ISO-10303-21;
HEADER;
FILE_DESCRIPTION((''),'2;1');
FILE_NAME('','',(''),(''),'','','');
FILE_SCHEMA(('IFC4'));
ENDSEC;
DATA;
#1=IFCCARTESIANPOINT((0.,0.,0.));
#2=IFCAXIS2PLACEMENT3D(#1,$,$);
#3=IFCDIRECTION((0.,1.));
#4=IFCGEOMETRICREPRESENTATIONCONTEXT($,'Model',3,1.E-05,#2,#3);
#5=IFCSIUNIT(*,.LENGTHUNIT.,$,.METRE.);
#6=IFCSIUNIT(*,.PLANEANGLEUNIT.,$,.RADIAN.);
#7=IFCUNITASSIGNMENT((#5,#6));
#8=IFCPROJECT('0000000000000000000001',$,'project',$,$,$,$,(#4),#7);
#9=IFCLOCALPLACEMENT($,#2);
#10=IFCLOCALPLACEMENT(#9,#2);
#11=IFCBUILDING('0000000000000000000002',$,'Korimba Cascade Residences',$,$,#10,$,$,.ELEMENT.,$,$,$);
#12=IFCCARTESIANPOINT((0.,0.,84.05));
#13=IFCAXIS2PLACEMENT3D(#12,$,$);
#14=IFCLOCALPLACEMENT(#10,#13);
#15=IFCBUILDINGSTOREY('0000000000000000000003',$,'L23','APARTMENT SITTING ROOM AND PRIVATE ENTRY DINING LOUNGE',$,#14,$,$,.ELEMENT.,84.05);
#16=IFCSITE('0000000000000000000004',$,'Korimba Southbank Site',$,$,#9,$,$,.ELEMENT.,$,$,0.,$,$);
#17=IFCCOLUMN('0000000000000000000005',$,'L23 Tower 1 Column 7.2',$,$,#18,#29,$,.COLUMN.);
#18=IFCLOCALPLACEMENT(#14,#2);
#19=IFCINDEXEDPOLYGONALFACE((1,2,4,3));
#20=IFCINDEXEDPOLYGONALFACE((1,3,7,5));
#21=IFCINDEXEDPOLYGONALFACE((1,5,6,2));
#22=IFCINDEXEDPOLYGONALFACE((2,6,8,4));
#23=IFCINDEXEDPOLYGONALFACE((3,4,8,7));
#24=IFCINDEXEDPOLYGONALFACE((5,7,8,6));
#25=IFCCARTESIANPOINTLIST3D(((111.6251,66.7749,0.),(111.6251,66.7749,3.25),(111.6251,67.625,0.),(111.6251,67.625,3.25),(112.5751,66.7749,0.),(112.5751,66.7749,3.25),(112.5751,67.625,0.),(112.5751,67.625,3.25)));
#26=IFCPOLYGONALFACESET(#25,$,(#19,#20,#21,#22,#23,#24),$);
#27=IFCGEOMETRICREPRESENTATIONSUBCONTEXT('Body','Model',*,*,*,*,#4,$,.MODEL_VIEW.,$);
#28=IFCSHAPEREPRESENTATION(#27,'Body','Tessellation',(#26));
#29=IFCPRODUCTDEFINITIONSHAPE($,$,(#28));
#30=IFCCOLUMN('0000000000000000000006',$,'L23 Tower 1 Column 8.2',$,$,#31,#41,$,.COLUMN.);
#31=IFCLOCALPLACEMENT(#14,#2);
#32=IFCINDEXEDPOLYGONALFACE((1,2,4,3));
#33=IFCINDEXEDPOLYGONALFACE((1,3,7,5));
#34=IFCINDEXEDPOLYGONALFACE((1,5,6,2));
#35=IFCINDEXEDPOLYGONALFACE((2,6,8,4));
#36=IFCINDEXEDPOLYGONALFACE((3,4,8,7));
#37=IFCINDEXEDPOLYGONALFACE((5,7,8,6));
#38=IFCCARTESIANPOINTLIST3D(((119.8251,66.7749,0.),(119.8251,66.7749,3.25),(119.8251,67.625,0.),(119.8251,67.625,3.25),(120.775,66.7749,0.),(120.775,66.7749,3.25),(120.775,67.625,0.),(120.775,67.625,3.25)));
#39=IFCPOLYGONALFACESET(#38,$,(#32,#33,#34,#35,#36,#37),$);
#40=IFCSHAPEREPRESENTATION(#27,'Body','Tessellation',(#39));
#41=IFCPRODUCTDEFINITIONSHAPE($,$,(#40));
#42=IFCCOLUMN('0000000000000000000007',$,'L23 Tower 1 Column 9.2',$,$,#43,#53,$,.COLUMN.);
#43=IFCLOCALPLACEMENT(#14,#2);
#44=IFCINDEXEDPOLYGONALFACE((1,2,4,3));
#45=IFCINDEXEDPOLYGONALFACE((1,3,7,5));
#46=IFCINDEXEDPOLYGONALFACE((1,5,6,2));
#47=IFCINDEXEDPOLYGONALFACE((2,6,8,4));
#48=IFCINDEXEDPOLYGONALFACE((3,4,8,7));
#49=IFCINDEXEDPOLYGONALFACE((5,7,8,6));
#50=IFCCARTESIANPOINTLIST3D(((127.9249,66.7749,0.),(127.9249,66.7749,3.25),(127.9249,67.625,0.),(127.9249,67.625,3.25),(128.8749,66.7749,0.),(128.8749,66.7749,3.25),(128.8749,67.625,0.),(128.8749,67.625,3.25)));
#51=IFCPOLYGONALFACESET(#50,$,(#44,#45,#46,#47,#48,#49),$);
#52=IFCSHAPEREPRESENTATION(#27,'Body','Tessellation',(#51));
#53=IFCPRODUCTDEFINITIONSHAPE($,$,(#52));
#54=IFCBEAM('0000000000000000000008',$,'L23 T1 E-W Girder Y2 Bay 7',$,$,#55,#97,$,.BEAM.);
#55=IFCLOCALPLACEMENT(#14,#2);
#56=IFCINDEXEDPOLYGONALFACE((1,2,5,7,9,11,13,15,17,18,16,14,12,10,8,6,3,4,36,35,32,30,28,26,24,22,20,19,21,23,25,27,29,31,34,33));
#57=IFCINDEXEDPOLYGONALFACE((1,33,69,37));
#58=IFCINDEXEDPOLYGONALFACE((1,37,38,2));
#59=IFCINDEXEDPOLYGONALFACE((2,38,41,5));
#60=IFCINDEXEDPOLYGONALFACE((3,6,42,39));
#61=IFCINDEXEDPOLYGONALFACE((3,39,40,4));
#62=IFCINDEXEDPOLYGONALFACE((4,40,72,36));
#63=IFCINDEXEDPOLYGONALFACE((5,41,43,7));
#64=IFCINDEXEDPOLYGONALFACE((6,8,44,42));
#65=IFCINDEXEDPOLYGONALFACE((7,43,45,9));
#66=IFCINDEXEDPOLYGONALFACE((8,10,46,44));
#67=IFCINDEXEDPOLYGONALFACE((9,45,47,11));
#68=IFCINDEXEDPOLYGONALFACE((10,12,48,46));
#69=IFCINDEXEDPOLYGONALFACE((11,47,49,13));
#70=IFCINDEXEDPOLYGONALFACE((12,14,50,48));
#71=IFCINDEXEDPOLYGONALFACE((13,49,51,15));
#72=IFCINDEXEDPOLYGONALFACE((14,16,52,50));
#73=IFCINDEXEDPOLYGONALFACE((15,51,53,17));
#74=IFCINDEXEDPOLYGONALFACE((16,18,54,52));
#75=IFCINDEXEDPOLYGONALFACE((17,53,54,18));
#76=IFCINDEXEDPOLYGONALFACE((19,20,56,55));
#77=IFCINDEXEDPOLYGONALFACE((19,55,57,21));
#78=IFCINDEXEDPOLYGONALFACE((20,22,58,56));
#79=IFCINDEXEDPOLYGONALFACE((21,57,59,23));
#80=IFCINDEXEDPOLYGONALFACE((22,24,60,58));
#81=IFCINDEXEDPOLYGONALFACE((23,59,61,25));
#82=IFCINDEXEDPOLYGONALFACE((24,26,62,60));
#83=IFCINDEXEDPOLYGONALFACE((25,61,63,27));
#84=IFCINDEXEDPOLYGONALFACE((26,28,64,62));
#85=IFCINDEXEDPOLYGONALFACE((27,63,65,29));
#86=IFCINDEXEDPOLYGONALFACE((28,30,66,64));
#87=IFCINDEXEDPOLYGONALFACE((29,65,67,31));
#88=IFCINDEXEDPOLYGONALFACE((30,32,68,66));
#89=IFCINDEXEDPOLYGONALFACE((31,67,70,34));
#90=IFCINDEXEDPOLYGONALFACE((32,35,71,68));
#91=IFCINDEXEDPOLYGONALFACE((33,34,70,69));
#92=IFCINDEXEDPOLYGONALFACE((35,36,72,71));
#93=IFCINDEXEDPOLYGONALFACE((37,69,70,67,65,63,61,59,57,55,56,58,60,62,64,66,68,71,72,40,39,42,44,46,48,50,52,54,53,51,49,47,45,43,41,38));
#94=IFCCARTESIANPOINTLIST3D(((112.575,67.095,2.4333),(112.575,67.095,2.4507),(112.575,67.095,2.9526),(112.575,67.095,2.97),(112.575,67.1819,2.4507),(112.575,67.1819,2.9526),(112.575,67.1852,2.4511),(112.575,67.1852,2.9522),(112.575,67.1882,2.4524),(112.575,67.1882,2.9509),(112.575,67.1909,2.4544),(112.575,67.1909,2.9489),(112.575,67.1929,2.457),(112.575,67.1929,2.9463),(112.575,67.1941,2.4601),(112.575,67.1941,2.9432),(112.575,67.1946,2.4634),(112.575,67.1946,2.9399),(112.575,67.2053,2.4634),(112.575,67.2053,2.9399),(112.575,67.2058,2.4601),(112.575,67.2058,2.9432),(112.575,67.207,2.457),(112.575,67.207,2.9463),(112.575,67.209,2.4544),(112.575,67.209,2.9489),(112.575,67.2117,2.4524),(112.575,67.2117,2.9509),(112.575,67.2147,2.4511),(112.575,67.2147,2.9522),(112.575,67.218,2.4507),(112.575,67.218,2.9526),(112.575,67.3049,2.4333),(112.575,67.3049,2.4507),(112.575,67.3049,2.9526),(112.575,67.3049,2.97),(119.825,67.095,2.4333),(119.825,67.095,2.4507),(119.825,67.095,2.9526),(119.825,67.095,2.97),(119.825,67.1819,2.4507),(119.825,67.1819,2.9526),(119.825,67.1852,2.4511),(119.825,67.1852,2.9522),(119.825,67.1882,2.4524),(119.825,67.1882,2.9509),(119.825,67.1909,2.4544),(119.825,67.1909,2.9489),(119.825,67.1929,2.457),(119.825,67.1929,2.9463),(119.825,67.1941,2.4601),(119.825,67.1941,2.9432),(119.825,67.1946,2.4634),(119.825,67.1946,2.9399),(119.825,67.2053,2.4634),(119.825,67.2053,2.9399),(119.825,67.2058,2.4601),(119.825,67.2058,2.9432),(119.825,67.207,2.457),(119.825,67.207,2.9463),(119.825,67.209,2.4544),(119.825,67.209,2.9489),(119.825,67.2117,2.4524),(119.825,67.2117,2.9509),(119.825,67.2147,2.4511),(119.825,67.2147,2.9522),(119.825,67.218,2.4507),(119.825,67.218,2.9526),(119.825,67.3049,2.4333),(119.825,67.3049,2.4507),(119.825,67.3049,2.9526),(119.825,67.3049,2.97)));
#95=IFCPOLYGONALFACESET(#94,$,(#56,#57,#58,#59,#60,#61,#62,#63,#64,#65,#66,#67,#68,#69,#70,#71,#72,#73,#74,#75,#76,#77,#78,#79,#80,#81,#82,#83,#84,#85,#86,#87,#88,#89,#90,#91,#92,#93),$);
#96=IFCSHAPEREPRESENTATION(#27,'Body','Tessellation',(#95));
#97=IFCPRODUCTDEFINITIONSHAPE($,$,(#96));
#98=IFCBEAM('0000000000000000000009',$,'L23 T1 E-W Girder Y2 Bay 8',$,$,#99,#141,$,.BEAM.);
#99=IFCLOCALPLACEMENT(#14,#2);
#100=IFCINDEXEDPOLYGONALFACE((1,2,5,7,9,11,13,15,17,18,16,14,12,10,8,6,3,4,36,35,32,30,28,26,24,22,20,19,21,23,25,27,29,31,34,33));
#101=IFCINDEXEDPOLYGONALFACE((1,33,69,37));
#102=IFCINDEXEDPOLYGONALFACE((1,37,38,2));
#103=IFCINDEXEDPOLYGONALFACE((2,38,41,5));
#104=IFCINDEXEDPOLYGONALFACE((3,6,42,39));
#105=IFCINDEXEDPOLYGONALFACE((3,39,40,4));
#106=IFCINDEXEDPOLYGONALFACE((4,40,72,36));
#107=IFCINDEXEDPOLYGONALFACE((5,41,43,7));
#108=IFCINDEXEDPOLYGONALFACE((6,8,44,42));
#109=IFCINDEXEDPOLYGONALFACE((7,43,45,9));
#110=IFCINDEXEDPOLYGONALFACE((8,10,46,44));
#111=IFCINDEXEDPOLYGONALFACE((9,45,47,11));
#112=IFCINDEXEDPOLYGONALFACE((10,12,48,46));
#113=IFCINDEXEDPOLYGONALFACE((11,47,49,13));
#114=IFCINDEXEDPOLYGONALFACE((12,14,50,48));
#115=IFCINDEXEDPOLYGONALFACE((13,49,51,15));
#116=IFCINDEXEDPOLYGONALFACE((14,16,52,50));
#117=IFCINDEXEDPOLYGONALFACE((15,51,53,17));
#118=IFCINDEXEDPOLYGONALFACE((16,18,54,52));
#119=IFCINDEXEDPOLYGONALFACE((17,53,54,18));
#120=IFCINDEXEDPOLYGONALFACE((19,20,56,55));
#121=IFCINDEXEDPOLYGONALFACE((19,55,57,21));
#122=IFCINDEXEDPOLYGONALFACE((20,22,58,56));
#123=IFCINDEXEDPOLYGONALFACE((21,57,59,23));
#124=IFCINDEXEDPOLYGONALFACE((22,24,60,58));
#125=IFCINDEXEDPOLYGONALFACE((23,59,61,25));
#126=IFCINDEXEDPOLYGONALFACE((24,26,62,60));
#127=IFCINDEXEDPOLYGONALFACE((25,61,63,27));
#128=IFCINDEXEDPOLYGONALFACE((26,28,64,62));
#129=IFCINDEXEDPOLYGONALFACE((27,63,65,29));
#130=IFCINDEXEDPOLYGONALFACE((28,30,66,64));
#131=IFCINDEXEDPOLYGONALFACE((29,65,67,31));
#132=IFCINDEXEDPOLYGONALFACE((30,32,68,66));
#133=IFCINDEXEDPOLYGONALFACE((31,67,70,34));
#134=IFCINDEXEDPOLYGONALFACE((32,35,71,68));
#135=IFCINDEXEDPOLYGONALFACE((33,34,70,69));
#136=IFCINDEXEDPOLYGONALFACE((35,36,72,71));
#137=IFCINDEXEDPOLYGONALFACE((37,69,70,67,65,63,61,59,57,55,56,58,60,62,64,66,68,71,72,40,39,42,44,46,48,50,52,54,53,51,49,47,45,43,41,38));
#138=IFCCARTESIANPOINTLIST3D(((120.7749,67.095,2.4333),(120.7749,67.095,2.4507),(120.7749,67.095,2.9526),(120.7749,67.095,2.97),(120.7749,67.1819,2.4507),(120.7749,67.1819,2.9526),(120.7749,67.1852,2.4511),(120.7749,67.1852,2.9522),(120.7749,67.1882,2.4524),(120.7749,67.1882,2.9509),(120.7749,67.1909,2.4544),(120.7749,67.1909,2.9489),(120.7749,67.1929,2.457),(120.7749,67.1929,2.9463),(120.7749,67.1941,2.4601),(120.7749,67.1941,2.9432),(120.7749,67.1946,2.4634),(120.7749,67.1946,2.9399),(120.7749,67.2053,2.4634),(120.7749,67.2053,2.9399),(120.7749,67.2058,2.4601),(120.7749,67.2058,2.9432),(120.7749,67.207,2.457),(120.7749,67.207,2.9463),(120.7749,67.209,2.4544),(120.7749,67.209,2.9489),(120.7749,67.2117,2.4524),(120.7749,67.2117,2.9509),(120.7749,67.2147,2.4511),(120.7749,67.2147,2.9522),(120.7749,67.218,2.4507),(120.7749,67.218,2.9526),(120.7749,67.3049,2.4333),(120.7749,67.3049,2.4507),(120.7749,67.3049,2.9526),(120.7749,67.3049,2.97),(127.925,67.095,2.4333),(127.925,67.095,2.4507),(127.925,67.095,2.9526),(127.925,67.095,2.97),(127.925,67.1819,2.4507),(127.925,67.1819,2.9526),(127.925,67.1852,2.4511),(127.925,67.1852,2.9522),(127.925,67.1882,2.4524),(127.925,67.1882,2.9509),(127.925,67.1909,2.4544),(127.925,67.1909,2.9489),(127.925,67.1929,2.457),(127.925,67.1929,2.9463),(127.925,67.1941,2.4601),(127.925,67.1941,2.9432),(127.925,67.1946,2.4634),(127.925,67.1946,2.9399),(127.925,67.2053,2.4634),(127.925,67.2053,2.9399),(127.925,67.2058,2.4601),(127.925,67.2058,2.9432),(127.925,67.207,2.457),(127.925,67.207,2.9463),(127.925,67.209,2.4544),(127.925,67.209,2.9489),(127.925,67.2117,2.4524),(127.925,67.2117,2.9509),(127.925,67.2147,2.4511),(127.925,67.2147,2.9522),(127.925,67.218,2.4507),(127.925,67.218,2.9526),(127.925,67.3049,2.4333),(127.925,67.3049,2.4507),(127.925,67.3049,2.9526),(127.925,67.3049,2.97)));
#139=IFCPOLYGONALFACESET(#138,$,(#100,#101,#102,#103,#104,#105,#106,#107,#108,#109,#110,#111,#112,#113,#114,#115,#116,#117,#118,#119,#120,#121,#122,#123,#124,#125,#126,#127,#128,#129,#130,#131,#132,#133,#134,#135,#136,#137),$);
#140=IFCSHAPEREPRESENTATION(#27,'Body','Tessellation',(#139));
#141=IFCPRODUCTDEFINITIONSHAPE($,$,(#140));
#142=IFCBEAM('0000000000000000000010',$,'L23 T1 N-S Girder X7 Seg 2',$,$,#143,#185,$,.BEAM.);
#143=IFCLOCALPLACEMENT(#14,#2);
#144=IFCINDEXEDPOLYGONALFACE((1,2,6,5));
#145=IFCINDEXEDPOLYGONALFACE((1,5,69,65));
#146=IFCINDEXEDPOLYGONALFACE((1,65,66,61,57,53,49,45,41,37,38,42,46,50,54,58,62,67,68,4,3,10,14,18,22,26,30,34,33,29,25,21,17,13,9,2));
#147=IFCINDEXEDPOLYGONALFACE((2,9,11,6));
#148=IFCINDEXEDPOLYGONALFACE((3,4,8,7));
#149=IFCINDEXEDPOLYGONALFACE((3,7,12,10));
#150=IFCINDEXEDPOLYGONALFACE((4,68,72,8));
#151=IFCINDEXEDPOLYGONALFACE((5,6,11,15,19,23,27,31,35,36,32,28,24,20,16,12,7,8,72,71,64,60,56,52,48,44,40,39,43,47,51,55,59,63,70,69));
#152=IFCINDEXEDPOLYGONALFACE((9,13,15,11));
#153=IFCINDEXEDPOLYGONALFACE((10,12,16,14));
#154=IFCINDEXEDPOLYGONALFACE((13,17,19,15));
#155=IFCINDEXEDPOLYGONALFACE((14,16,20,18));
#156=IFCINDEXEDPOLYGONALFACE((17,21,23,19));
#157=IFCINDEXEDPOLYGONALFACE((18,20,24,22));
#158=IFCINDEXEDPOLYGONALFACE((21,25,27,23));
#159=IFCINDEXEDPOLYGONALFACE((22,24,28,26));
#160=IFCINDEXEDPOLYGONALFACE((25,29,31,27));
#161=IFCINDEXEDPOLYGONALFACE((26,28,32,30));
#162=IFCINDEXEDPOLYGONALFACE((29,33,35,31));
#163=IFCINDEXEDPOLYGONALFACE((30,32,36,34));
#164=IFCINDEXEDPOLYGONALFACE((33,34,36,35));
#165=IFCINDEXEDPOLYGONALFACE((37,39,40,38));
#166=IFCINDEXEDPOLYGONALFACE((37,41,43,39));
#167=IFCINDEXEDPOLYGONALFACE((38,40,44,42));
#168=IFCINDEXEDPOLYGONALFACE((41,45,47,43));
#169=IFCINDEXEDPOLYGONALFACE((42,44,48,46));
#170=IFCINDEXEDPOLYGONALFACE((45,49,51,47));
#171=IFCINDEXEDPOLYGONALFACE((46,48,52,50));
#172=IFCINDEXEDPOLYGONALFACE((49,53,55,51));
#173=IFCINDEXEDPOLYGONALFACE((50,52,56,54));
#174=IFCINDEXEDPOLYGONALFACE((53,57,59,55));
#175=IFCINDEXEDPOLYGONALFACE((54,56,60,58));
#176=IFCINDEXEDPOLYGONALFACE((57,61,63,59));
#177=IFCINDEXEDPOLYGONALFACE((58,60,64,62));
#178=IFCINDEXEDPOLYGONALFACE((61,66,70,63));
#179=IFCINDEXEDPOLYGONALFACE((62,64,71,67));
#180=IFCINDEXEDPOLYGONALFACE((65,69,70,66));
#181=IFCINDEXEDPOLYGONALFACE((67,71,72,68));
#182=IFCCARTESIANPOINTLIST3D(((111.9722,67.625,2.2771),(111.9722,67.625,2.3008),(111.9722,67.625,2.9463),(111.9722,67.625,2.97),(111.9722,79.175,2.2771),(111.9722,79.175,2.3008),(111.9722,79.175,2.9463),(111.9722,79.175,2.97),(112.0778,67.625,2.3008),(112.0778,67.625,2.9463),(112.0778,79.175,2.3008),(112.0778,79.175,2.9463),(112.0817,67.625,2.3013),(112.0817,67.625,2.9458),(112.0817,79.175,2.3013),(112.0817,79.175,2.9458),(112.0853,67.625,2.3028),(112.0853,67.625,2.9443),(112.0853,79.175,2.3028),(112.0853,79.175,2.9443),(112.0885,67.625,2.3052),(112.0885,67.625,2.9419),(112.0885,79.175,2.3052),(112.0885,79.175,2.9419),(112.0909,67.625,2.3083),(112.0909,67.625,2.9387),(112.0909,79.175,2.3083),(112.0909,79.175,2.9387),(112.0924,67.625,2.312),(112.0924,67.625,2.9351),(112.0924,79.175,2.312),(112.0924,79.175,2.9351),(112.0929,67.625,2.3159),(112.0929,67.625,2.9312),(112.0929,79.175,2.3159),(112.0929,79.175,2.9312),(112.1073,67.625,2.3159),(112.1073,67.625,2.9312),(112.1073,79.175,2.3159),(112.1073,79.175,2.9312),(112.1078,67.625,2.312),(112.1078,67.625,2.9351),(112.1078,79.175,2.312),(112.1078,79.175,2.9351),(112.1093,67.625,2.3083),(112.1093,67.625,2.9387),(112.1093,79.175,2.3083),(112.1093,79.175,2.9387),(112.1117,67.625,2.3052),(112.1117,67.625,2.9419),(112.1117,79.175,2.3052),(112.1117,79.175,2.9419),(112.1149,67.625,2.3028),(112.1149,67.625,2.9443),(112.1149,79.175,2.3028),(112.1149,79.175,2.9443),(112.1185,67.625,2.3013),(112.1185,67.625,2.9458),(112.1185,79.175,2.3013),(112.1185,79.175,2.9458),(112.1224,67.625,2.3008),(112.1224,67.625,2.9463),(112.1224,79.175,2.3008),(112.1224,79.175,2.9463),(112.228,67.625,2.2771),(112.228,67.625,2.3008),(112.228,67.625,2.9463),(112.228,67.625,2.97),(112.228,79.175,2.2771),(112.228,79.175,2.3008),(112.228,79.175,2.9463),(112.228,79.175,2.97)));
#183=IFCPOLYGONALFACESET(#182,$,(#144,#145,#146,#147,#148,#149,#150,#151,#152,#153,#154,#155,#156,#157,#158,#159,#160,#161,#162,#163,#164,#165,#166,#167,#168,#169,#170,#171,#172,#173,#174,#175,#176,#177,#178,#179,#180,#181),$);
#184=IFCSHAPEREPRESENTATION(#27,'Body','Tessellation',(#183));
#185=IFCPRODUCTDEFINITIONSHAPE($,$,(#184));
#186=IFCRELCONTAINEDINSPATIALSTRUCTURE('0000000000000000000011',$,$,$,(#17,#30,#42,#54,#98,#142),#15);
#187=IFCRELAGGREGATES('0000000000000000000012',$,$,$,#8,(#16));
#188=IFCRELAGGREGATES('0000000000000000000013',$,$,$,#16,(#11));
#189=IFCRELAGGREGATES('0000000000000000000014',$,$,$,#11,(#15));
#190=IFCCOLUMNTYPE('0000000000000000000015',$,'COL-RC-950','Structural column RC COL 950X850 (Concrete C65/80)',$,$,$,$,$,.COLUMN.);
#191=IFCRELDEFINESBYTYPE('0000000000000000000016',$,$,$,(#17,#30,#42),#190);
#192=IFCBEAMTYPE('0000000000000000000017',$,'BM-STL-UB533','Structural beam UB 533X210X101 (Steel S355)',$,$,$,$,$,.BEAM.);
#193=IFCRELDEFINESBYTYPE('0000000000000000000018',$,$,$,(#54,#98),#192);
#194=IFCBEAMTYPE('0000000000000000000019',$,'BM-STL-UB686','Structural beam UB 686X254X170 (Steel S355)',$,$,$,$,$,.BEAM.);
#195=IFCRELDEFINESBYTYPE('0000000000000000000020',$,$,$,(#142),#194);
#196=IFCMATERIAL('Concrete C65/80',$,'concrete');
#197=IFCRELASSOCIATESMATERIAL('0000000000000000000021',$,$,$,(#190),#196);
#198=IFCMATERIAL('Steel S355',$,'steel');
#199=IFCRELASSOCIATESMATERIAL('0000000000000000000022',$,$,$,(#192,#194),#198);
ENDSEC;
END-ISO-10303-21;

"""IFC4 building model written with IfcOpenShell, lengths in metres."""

from ifc_helpers import new_model, si_unit, direction, frame, origin, origin_2d, place, context, subcontext, project, spatial, rectangle, i_section, extrude, material, material_profile, profile_set, type_object, element, save


model = new_model("IFC4")

# Units and contexts
model_context = context("Model", 3, precision=1e-05, world=origin(), true_north=direction((0.0, 1.0)))
body_context = subcontext(model_context, "Body", "Model", "MODEL_VIEW")
ifc_project = project(units=[si_unit("LENGTHUNIT", "METRE"), si_unit("PLANEANGLEUNIT", "RADIAN")], contexts=[model_context])

# Site, building, storey
site_placement = place(None, origin())
site = spatial("IfcSite", under=ifc_project, at=site_placement, Name="Korimba Southbank Site", CompositionType="ELEMENT", RefElevation=0.0)
building_placement = place(site_placement, origin())
building = spatial("IfcBuilding", under=site, at=building_placement, Name="Korimba Cascade Residences", CompositionType="ELEMENT")
storey_placement = place(building_placement, frame((0.0, 0.0, 84.05)))
storey = spatial("IfcBuildingStorey", under=building, at=storey_placement, Name="L23", Description="APARTMENT SITTING ROOM AND PRIVATE ENTRY DINING LOUNGE", CompositionType="ELEMENT", Elevation=84.05)

# Columns
ifc_material_1 = material(Name="Concrete C65/80", Category="concrete")
ifc_material_profile_1 = material_profile(ifc_material_1, rectangle(XDim=0.95, YDim=0.8501, at=origin_2d()), Name="Concrete C65/80")
ifc_profile_set_1 = profile_set([ifc_material_profile_1], Name="Concrete C65/80")
column_type = type_object("IfcColumnType", Name="COL-RC-950", Description="Structural column RC COL 950X850 (Concrete C65/80)", PredefinedType="COLUMN", material=ifc_profile_set_1)
for number, where, z_axis, x_axis, name in (
    (1, (112.1001, 67.2, 0.0), (0.0, 0.0, 1.0), (1.0, 0.0, 0.0), "L23 Tower 1 Column 7.2"),
    (2, (120.3, 67.2, 0.0), (0.0, 0.0, 1.0), (1.0, 0.0, 0.0), "L23 Tower 1 Column 8.2"),
    (3, (128.3999, 67.2, 0.0), (0.0, 0.0, 1.0), (1.0, 0.0, 0.0), "L23 Tower 1 Column 9.2"),
):
    element("IfcColumn", number, at=place(storey_placement, frame(where, z_axis=z_axis, x_axis=x_axis)), inside=storey, type_object=column_type, Name=name, PredefinedType="COLUMN", context=body_context, shape_type="SweptSolid", body=[
        extrude(rectangle(XDim=0.95, YDim=0.8501, at=origin_2d()), origin(), (0.0, 0.0, 1.0), 3.25),
    ])

# Beams
ifc_material_2 = material(Name="Steel S355", Category="steel")
ifc_material_profile_2 = material_profile(ifc_material_2, i_section(OverallWidth=0.21, OverallDepth=0.5366, WebThickness=0.0107, FlangeThickness=0.0173, FilletRadius=0.0127, at=origin_2d()), Name="Steel S355")
ifc_profile_set_2 = profile_set([ifc_material_profile_2], Name="Steel S355")
beam_type_1 = type_object("IfcBeamType", Name="BM-STL-UB533", Description="Structural beam UB 533X210X101 (Steel S355)", PredefinedType="BEAM", material=ifc_profile_set_2)
beam_1_placement = place(storey_placement, frame((112.575, 67.2, 2.7017), z_axis=(1.0, 0.0, 0.0), x_axis=(0.0, 1.0, 0.0)))
element("IfcBeam", 4, at=beam_1_placement, inside=storey, type_object=beam_type_1, Name="L23 T1 E-W Girder Y2 Bay 7", PredefinedType="BEAM", context=body_context, shape_type="SweptSolid", body=[
    extrude(i_section(OverallWidth=0.21, OverallDepth=0.5366, WebThickness=0.0107, FlangeThickness=0.0173, FilletRadius=0.0127, at=origin_2d()), origin(), (0.0, 0.0, 1.0), 7.25),
])
beam_2_placement = place(storey_placement, frame((120.7749, 67.2, 2.7017), z_axis=(1.0, 0.0, 0.0), x_axis=(0.0, 1.0, 0.0)))
element("IfcBeam", 5, at=beam_2_placement, inside=storey, type_object=beam_type_1, Name="L23 T1 E-W Girder Y2 Bay 8", PredefinedType="BEAM", context=body_context, shape_type="SweptSolid", body=[
    extrude(i_section(OverallWidth=0.21, OverallDepth=0.5366, WebThickness=0.0107, FlangeThickness=0.0173, FilletRadius=0.0127, at=origin_2d()), origin(), (0.0, 0.0, 1.0), 7.1501),
])
ifc_material_profile_3 = material_profile(ifc_material_2, i_section(OverallWidth=0.2559, OverallDepth=0.6929, WebThickness=0.0144, FlangeThickness=0.0237, FilletRadius=0.0151, at=origin_2d()), Name="Steel S355")
ifc_profile_set_3 = profile_set([ifc_material_profile_3], Name="Steel S355")
beam_type_2 = type_object("IfcBeamType", Name="BM-STL-UB686", Description="Structural beam UB 686X254X170 (Steel S355)", PredefinedType="BEAM", material=ifc_profile_set_3)
beam_3_placement = place(storey_placement, frame((112.1001, 67.625, 2.6235), z_axis=(0.0, 1.0, 0.0), x_axis=(-1.0, 0.0, 0.0)))
element("IfcBeam", 6, at=beam_3_placement, inside=storey, type_object=beam_type_2, Name="L23 T1 N-S Girder X7 Seg 2", PredefinedType="BEAM", context=body_context, shape_type="SweptSolid", body=[
    extrude(i_section(OverallWidth=0.2559, OverallDepth=0.6929, WebThickness=0.0144, FlangeThickness=0.0237, FilletRadius=0.0151, at=origin_2d()), origin(), (0.0, 0.0, 1.0), 11.55),
])

save(model, "model.ifc")
